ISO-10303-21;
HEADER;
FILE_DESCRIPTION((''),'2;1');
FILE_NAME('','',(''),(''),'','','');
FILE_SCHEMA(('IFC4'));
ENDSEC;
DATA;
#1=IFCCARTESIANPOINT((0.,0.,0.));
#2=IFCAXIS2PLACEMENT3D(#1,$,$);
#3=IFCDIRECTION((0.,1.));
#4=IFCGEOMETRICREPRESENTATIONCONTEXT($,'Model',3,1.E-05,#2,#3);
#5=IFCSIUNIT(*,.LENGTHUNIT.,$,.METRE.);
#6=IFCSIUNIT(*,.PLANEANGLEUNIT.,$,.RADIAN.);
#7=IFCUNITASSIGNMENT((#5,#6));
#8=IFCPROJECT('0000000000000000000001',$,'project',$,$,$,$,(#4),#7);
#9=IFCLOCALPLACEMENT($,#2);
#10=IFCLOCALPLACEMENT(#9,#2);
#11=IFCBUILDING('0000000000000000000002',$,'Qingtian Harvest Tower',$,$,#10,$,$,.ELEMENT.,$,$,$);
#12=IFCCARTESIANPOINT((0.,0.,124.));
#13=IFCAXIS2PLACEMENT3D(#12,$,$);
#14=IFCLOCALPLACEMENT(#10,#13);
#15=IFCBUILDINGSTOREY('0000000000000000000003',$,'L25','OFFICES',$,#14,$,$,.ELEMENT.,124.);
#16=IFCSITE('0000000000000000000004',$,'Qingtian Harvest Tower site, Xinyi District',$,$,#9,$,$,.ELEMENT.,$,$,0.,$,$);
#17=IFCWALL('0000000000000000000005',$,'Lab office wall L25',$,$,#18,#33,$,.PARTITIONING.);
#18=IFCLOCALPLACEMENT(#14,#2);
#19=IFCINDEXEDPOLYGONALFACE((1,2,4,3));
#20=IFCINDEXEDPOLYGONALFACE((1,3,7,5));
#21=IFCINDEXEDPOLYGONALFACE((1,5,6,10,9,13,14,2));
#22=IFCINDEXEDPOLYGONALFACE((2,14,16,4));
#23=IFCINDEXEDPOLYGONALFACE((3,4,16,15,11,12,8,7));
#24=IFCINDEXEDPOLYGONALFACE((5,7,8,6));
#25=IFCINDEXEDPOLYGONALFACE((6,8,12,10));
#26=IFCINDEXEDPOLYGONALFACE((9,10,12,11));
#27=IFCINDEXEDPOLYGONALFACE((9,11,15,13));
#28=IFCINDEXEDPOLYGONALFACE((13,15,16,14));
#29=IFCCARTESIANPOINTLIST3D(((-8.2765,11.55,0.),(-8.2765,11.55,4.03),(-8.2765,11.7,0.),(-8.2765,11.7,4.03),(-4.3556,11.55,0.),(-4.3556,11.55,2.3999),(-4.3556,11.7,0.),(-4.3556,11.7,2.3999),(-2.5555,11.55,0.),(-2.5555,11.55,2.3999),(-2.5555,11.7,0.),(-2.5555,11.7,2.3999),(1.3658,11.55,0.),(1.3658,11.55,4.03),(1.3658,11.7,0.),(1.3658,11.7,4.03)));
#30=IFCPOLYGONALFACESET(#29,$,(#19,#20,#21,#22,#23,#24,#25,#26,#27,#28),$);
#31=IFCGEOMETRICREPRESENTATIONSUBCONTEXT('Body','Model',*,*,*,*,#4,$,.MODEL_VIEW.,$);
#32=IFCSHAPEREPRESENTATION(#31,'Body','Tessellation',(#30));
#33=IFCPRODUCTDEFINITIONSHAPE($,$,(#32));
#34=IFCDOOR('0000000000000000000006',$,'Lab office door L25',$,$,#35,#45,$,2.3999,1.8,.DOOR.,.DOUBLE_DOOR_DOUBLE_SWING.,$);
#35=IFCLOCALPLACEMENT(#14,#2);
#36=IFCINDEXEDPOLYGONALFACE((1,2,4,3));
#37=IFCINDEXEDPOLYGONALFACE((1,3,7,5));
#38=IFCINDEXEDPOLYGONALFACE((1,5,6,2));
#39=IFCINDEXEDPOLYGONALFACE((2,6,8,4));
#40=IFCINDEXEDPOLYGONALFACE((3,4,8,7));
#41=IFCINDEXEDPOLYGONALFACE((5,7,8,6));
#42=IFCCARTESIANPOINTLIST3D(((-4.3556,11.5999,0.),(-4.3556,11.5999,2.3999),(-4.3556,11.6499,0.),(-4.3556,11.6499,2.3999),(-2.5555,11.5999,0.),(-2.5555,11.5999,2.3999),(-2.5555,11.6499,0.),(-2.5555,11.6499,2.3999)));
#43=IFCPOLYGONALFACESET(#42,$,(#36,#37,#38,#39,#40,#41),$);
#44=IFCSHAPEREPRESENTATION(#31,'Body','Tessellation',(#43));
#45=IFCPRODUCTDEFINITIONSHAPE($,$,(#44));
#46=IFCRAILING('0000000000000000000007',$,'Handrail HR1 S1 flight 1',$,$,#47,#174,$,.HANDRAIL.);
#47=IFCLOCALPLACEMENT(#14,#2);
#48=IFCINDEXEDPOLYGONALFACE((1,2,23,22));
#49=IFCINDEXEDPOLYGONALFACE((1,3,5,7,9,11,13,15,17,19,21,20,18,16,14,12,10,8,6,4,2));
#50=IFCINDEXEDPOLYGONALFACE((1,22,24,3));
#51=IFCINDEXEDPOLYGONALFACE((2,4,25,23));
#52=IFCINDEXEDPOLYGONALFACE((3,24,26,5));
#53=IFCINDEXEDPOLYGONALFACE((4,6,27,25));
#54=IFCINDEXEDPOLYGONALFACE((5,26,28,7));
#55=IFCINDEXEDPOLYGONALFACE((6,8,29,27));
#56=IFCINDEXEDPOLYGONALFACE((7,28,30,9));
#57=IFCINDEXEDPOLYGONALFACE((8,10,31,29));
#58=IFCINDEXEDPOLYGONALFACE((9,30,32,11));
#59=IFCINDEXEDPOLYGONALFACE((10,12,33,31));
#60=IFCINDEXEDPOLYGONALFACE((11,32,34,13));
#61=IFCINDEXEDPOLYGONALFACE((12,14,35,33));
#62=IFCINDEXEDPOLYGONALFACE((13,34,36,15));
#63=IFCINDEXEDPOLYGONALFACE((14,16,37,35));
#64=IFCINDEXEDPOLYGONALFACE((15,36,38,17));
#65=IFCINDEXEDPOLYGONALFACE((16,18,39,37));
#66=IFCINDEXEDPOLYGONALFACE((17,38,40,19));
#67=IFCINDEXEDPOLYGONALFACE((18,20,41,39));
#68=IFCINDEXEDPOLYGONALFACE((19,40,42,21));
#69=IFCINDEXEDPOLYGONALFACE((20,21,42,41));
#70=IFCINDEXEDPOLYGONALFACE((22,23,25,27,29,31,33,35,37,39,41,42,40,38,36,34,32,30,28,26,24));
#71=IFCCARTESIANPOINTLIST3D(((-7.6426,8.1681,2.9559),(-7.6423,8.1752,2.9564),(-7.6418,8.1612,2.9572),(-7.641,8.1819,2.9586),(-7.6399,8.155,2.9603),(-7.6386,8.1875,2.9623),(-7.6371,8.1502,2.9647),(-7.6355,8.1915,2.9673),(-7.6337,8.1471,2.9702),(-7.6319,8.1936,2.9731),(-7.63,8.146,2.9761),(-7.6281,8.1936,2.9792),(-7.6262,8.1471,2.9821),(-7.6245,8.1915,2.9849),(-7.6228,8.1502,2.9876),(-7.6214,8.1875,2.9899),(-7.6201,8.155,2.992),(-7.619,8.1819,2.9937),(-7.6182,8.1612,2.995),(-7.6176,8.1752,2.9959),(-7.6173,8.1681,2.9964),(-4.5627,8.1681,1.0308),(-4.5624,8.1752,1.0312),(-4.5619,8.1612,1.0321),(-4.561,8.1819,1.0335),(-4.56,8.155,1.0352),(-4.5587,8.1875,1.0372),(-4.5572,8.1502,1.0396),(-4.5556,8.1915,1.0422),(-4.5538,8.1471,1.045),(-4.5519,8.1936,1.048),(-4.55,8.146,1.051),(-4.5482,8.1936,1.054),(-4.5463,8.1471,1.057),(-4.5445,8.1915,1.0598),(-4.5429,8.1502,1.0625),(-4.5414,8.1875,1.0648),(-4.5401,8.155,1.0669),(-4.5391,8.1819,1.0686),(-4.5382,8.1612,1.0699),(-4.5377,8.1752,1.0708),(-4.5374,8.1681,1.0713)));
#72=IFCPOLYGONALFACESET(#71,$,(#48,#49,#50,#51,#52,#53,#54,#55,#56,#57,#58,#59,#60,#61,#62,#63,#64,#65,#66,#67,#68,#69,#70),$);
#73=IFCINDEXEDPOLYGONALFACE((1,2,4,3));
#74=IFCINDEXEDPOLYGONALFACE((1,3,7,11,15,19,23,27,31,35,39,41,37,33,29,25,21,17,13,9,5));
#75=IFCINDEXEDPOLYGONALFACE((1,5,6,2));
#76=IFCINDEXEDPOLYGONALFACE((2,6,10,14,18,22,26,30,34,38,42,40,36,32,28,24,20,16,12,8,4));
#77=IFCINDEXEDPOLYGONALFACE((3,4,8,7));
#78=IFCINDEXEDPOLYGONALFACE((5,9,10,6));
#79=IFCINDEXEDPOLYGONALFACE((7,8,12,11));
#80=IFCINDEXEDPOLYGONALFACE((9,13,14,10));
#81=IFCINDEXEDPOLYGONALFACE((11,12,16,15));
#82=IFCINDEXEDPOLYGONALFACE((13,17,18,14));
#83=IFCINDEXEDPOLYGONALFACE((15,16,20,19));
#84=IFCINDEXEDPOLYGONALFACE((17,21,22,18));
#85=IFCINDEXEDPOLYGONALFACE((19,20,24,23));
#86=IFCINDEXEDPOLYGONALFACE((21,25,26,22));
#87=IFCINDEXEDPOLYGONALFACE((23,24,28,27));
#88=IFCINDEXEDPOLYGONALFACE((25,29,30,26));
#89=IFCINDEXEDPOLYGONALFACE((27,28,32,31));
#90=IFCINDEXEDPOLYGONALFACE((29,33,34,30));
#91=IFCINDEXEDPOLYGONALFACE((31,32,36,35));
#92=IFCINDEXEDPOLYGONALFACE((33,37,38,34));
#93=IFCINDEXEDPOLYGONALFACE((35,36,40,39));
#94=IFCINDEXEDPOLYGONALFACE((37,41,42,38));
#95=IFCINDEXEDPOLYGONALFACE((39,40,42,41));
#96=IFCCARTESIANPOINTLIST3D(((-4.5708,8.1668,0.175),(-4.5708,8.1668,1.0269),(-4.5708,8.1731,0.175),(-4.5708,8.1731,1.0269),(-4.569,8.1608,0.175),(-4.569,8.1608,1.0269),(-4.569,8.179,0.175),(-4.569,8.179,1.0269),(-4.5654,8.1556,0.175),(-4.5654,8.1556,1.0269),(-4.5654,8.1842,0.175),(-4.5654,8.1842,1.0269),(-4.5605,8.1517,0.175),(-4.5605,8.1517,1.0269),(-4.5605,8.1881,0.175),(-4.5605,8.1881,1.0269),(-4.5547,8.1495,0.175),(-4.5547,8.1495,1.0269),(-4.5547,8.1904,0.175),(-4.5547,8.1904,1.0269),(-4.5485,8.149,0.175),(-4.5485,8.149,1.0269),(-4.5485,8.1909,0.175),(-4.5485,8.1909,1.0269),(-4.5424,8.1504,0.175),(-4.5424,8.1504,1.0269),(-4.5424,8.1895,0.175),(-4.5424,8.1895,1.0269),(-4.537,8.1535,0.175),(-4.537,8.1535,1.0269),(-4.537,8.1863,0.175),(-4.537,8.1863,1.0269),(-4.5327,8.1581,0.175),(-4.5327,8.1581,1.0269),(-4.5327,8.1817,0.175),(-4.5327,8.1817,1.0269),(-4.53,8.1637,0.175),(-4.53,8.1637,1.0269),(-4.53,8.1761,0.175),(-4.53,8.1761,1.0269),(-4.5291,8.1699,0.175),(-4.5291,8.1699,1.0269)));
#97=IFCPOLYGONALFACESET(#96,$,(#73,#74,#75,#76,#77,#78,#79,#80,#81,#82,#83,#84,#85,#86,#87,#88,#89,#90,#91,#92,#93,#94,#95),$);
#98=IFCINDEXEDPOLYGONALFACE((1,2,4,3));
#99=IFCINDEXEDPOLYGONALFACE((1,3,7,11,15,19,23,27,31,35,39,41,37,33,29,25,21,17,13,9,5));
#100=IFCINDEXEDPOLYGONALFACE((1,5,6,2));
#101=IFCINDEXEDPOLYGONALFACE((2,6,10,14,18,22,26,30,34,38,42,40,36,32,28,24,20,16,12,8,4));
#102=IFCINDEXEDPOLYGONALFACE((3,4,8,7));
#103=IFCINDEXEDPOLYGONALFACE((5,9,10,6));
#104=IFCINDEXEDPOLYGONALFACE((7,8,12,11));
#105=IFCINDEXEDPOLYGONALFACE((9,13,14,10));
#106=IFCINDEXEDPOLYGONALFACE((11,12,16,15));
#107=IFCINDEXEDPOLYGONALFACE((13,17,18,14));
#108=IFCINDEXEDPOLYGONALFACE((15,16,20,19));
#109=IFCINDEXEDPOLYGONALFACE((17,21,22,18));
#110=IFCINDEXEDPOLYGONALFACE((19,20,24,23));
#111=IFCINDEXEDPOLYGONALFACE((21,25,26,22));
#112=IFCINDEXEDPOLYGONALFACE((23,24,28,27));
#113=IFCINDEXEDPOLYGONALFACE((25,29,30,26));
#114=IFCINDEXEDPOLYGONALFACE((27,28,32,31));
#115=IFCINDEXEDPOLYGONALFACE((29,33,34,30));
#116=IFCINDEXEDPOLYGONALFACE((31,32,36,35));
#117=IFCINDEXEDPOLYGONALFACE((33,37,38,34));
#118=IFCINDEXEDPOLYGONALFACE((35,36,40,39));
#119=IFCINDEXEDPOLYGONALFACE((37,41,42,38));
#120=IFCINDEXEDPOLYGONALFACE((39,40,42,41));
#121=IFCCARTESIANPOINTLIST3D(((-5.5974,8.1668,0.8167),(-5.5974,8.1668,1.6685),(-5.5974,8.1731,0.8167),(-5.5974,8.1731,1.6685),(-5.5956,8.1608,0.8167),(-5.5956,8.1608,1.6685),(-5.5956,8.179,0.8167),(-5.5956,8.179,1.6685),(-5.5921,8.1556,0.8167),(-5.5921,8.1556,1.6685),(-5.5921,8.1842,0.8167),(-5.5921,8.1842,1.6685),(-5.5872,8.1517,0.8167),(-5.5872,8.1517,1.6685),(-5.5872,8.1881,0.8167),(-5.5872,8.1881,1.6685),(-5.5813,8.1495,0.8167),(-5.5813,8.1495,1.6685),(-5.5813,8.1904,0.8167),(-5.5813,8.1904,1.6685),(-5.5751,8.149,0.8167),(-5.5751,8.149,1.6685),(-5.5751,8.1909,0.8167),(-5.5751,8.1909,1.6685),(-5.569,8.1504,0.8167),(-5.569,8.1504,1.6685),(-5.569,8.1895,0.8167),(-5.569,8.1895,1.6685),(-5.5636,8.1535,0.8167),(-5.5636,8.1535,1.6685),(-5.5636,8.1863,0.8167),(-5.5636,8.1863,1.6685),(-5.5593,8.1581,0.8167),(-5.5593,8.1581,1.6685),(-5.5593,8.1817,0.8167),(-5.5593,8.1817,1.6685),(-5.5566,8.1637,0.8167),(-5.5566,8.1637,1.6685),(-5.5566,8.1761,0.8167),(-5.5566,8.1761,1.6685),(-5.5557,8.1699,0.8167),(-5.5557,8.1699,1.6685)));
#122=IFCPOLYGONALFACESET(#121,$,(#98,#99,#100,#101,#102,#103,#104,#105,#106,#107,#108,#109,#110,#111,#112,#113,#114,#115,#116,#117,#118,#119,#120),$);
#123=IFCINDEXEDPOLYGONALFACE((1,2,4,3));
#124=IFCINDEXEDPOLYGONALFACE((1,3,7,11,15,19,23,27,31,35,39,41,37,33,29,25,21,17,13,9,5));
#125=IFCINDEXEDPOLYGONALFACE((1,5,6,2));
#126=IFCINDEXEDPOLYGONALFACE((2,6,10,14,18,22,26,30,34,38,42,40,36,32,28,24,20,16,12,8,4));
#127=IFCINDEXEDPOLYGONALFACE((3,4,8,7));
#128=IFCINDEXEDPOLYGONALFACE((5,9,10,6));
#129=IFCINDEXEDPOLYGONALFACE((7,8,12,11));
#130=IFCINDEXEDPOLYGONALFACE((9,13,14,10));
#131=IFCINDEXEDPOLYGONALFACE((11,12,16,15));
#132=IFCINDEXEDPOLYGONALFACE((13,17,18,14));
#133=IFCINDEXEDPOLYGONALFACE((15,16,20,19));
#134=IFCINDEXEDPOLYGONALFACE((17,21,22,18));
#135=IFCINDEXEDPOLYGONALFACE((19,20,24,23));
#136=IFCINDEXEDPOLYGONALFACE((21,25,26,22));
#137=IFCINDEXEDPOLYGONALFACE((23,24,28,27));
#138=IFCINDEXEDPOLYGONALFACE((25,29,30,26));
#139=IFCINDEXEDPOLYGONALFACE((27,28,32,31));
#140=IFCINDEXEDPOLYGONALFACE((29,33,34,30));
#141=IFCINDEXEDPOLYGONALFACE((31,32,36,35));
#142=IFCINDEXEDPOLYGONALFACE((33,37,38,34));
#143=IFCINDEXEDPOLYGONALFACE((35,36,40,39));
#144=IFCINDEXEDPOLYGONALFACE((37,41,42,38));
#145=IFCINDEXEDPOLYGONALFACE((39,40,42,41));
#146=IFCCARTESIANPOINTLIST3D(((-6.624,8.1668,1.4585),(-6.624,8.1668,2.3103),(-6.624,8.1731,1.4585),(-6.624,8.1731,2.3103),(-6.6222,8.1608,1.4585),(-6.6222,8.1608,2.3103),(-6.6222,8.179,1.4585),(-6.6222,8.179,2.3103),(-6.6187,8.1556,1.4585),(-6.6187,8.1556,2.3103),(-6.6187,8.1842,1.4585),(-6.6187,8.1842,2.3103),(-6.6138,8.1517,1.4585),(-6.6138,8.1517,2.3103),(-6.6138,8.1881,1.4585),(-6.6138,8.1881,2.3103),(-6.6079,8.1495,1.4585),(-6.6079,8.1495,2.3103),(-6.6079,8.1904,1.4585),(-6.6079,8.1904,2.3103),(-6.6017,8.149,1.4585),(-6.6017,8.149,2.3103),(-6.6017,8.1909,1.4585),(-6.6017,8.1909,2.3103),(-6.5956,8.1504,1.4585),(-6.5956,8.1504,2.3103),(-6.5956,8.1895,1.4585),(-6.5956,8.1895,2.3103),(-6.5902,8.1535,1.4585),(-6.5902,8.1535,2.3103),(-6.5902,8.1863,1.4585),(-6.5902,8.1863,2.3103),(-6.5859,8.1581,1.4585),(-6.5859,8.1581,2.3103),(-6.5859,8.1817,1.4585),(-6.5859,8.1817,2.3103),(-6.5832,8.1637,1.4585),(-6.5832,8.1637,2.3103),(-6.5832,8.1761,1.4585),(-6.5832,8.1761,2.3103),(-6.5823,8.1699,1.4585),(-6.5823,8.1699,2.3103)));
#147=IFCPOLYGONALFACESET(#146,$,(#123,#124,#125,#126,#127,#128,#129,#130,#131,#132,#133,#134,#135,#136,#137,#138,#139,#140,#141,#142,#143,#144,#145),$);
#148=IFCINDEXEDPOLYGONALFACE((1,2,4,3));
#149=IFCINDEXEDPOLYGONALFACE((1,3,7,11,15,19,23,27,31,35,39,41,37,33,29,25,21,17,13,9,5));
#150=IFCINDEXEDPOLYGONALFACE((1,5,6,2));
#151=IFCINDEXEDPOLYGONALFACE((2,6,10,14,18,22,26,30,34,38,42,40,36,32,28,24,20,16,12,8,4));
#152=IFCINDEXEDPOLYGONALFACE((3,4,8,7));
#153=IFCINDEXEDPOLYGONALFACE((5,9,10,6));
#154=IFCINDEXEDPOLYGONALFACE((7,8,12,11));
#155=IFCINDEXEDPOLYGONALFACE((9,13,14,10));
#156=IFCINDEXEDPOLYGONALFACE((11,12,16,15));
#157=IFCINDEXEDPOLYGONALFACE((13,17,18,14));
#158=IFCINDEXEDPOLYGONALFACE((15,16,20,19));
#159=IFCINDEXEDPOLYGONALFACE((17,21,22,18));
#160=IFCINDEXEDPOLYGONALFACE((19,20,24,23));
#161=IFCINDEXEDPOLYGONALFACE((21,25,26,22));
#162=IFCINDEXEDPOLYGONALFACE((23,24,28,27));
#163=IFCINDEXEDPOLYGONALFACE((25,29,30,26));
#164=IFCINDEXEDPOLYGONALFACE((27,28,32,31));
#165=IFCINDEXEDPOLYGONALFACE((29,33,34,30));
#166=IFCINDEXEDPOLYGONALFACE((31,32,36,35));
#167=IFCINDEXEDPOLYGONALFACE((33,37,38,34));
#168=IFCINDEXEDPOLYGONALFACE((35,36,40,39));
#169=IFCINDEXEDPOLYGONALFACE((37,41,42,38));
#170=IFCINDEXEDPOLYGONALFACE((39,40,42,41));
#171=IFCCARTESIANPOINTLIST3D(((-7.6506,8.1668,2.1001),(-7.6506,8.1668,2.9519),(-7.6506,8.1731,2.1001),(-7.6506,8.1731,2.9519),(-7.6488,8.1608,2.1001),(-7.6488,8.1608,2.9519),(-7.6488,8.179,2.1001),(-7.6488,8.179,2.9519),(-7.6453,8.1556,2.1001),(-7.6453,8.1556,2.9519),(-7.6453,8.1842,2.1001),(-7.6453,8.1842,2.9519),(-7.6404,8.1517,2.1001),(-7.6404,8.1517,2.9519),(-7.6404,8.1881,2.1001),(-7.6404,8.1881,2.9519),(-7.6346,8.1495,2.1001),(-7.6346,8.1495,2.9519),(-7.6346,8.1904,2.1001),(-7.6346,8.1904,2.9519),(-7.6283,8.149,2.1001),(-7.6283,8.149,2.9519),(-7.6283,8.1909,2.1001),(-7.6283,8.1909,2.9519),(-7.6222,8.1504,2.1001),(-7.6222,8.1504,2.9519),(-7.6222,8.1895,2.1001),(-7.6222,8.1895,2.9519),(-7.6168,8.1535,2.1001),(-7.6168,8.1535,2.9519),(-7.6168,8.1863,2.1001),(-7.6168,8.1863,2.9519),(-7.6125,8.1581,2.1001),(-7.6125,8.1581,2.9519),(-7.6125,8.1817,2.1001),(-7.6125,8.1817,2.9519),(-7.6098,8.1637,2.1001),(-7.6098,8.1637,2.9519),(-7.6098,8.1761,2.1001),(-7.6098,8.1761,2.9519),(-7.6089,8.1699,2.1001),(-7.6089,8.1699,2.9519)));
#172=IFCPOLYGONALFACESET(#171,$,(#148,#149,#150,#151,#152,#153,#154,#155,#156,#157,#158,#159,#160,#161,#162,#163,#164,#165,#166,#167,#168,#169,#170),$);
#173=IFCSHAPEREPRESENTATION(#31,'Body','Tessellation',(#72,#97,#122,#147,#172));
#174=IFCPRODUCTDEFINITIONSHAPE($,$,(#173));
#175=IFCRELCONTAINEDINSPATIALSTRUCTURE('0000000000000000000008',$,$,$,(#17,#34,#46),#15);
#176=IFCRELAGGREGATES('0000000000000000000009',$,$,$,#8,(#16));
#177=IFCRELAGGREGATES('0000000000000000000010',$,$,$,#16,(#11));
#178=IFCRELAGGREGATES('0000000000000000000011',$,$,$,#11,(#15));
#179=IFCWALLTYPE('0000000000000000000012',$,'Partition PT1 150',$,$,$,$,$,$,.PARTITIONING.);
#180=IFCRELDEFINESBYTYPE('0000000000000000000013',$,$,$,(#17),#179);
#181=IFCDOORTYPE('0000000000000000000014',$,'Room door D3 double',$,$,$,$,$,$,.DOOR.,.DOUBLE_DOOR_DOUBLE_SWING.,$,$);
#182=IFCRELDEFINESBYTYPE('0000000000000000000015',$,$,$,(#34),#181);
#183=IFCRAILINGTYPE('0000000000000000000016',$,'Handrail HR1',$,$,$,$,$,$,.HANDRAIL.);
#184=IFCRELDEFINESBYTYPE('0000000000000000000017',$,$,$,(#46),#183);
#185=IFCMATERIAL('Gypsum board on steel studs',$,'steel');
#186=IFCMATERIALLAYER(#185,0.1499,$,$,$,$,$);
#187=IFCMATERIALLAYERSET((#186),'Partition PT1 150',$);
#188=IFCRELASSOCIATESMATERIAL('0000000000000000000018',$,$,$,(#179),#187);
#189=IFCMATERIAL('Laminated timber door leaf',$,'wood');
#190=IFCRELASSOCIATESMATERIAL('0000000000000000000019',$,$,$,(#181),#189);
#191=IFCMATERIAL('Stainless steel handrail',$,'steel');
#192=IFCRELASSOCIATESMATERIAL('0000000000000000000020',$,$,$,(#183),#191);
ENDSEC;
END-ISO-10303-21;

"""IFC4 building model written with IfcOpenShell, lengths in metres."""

from ifc_helpers import new_model, si_unit, direction, frame, frame_2d, origin, origin_2d, place, context, subcontext, project, spatial, rectangle, circle, extrude, material, layer, layer_set, type_object, element, fill, save


model = new_model("IFC4")

# Units and contexts
model_context = context("Model", 3, precision=1e-05, world=origin(), true_north=direction((0.0, 1.0)))
body_context = subcontext(model_context, "Body", "Model", "MODEL_VIEW")
ifc_project = project(units=[si_unit("LENGTHUNIT", "METRE"), si_unit("PLANEANGLEUNIT", "RADIAN")], contexts=[model_context])

# Site, building, storey
site_placement = place(None, origin())
site = spatial("IfcSite", under=ifc_project, at=site_placement, Name="Qingtian Harvest Tower site, Xinyi District", CompositionType="ELEMENT", RefElevation=0.0)
building_placement = place(site_placement, origin())
building = spatial("IfcBuilding", under=site, at=building_placement, Name="Qingtian Harvest Tower", CompositionType="ELEMENT")
storey_placement = place(building_placement, frame((0.0, 0.0, 124.0)))
storey = spatial("IfcBuildingStorey", under=building, at=storey_placement, Name="L25", Description="OFFICES", CompositionType="ELEMENT", Elevation=124.0)

# Wall, opening, door
ifc_material_1 = material(Name="Gypsum board on steel studs", Category="steel")
ifc_layer_1 = layer(ifc_material_1, 0.1499)
ifc_layer_set_1 = layer_set([ifc_layer_1], Name="Partition PT1 150")
wall_type_1 = type_object("IfcWallType", Name="Partition PT1 150", PredefinedType="PARTITIONING", material=ifc_layer_set_1)
wall_1_placement = place(storey_placement, frame((-8.2766, 11.625, 0.0), z_axis=(0.0, 0.0, 1.0), x_axis=(1.0, 0.0, 0.0)))
wall_1 = element("IfcWall", 1, at=wall_1_placement, inside=storey, type_object=wall_type_1, Name="Lab office wall L25", PredefinedType="PARTITIONING", context=body_context, shape_type="SweptSolid", body=[
    extrude(rectangle(XDim=9.6423, YDim=0.1499, at=frame_2d((4.8213, 0.0))), origin(), (0.0, 0.0, 1.0), 4.03),
])
opening_1_placement = place(wall_1_placement, frame((3.9211, 0.0, 0.0)))
opening_1 = element("IfcOpeningElement", 2, at=opening_1_placement, cuts=wall_1, PredefinedType="OPENING", context=body_context, shape_type="SweptSolid", body=[
    extrude(rectangle(XDim=1.8, YDim=2.3999, at=frame_2d((0.8999, 1.2))), frame((0.0, 0.085, 0.0), z_axis=(0.0, -1.0, 0.0), x_axis=(1.0, 0.0, 0.0)), (0.0, 0.0, 1.0), 0.1699),
])
ifc_material_2 = material(Name="Laminated timber door leaf", Category="wood")
door_type_1 = type_object("IfcDoorType", Name="Room door D3 double", OperationType="DOUBLE_DOOR_DOUBLE_SWING", PredefinedType="DOOR", material=ifc_material_2)
door_1_placement = place(opening_1_placement, origin())
door_1 = element("IfcDoor", 3, at=door_1_placement, inside=storey, type_object=door_type_1, Name="Lab office door L25", OperationType="DOUBLE_DOOR_DOUBLE_SWING", OverallHeight=2.3999, OverallWidth=1.8, PredefinedType="DOOR", context=body_context, shape_type="SweptSolid", body=[
    extrude(rectangle(XDim=1.8, YDim=2.3999, at=frame_2d((0.8999, 1.2))), frame((0.0, 0.0249, 0.0), z_axis=(0.0, -1.0, 0.0), x_axis=(1.0, 0.0, 0.0)), (0.0, 0.0, 1.0), 0.05),
])
fill(opening_1, door_1)

# Railing
ifc_material_3 = material(Name="Stainless steel handrail", Category="steel")
railing_type = type_object("IfcRailingType", Name="Handrail HR1", PredefinedType="HANDRAIL", material=ifc_material_3)
railing_placement = place(storey_placement, frame((-4.55, 8.1699, 0.175)))
element("IfcRailing", 4, at=railing_placement, inside=storey, type_object=railing_type, Name="Handrail HR1 S1 flight 1", PredefinedType="HANDRAIL", context=body_context, shape_type="SweptSolid", body=[
    extrude(circle(Radius=0.0239, at=origin_2d()), frame((0.0, 0.0, 0.876), z_axis=(-0.847979, 0.0, 0.530029), x_axis=(0.0, -1.0, 0.0)), (0.0, 0.0, 1.0), 3.6321),
    extrude(circle(Radius=0.021, at=origin_2d()), origin(), (0.0, 0.0, 1.0), 0.8518),
    extrude(circle(Radius=0.021, at=origin_2d()), frame((-1.0266, 0.0, 0.6416)), (0.0, 0.0, 1.0), 0.8518),
    extrude(circle(Radius=0.021, at=origin_2d()), frame((-2.0532, 0.0, 1.2834)), (0.0, 0.0, 1.0), 0.8518),
    extrude(circle(Radius=0.021, at=origin_2d()), frame((-3.0798, 0.0, 1.925)), (0.0, 0.0, 1.0), 0.8518),
])

save(model, "model.ifc")
